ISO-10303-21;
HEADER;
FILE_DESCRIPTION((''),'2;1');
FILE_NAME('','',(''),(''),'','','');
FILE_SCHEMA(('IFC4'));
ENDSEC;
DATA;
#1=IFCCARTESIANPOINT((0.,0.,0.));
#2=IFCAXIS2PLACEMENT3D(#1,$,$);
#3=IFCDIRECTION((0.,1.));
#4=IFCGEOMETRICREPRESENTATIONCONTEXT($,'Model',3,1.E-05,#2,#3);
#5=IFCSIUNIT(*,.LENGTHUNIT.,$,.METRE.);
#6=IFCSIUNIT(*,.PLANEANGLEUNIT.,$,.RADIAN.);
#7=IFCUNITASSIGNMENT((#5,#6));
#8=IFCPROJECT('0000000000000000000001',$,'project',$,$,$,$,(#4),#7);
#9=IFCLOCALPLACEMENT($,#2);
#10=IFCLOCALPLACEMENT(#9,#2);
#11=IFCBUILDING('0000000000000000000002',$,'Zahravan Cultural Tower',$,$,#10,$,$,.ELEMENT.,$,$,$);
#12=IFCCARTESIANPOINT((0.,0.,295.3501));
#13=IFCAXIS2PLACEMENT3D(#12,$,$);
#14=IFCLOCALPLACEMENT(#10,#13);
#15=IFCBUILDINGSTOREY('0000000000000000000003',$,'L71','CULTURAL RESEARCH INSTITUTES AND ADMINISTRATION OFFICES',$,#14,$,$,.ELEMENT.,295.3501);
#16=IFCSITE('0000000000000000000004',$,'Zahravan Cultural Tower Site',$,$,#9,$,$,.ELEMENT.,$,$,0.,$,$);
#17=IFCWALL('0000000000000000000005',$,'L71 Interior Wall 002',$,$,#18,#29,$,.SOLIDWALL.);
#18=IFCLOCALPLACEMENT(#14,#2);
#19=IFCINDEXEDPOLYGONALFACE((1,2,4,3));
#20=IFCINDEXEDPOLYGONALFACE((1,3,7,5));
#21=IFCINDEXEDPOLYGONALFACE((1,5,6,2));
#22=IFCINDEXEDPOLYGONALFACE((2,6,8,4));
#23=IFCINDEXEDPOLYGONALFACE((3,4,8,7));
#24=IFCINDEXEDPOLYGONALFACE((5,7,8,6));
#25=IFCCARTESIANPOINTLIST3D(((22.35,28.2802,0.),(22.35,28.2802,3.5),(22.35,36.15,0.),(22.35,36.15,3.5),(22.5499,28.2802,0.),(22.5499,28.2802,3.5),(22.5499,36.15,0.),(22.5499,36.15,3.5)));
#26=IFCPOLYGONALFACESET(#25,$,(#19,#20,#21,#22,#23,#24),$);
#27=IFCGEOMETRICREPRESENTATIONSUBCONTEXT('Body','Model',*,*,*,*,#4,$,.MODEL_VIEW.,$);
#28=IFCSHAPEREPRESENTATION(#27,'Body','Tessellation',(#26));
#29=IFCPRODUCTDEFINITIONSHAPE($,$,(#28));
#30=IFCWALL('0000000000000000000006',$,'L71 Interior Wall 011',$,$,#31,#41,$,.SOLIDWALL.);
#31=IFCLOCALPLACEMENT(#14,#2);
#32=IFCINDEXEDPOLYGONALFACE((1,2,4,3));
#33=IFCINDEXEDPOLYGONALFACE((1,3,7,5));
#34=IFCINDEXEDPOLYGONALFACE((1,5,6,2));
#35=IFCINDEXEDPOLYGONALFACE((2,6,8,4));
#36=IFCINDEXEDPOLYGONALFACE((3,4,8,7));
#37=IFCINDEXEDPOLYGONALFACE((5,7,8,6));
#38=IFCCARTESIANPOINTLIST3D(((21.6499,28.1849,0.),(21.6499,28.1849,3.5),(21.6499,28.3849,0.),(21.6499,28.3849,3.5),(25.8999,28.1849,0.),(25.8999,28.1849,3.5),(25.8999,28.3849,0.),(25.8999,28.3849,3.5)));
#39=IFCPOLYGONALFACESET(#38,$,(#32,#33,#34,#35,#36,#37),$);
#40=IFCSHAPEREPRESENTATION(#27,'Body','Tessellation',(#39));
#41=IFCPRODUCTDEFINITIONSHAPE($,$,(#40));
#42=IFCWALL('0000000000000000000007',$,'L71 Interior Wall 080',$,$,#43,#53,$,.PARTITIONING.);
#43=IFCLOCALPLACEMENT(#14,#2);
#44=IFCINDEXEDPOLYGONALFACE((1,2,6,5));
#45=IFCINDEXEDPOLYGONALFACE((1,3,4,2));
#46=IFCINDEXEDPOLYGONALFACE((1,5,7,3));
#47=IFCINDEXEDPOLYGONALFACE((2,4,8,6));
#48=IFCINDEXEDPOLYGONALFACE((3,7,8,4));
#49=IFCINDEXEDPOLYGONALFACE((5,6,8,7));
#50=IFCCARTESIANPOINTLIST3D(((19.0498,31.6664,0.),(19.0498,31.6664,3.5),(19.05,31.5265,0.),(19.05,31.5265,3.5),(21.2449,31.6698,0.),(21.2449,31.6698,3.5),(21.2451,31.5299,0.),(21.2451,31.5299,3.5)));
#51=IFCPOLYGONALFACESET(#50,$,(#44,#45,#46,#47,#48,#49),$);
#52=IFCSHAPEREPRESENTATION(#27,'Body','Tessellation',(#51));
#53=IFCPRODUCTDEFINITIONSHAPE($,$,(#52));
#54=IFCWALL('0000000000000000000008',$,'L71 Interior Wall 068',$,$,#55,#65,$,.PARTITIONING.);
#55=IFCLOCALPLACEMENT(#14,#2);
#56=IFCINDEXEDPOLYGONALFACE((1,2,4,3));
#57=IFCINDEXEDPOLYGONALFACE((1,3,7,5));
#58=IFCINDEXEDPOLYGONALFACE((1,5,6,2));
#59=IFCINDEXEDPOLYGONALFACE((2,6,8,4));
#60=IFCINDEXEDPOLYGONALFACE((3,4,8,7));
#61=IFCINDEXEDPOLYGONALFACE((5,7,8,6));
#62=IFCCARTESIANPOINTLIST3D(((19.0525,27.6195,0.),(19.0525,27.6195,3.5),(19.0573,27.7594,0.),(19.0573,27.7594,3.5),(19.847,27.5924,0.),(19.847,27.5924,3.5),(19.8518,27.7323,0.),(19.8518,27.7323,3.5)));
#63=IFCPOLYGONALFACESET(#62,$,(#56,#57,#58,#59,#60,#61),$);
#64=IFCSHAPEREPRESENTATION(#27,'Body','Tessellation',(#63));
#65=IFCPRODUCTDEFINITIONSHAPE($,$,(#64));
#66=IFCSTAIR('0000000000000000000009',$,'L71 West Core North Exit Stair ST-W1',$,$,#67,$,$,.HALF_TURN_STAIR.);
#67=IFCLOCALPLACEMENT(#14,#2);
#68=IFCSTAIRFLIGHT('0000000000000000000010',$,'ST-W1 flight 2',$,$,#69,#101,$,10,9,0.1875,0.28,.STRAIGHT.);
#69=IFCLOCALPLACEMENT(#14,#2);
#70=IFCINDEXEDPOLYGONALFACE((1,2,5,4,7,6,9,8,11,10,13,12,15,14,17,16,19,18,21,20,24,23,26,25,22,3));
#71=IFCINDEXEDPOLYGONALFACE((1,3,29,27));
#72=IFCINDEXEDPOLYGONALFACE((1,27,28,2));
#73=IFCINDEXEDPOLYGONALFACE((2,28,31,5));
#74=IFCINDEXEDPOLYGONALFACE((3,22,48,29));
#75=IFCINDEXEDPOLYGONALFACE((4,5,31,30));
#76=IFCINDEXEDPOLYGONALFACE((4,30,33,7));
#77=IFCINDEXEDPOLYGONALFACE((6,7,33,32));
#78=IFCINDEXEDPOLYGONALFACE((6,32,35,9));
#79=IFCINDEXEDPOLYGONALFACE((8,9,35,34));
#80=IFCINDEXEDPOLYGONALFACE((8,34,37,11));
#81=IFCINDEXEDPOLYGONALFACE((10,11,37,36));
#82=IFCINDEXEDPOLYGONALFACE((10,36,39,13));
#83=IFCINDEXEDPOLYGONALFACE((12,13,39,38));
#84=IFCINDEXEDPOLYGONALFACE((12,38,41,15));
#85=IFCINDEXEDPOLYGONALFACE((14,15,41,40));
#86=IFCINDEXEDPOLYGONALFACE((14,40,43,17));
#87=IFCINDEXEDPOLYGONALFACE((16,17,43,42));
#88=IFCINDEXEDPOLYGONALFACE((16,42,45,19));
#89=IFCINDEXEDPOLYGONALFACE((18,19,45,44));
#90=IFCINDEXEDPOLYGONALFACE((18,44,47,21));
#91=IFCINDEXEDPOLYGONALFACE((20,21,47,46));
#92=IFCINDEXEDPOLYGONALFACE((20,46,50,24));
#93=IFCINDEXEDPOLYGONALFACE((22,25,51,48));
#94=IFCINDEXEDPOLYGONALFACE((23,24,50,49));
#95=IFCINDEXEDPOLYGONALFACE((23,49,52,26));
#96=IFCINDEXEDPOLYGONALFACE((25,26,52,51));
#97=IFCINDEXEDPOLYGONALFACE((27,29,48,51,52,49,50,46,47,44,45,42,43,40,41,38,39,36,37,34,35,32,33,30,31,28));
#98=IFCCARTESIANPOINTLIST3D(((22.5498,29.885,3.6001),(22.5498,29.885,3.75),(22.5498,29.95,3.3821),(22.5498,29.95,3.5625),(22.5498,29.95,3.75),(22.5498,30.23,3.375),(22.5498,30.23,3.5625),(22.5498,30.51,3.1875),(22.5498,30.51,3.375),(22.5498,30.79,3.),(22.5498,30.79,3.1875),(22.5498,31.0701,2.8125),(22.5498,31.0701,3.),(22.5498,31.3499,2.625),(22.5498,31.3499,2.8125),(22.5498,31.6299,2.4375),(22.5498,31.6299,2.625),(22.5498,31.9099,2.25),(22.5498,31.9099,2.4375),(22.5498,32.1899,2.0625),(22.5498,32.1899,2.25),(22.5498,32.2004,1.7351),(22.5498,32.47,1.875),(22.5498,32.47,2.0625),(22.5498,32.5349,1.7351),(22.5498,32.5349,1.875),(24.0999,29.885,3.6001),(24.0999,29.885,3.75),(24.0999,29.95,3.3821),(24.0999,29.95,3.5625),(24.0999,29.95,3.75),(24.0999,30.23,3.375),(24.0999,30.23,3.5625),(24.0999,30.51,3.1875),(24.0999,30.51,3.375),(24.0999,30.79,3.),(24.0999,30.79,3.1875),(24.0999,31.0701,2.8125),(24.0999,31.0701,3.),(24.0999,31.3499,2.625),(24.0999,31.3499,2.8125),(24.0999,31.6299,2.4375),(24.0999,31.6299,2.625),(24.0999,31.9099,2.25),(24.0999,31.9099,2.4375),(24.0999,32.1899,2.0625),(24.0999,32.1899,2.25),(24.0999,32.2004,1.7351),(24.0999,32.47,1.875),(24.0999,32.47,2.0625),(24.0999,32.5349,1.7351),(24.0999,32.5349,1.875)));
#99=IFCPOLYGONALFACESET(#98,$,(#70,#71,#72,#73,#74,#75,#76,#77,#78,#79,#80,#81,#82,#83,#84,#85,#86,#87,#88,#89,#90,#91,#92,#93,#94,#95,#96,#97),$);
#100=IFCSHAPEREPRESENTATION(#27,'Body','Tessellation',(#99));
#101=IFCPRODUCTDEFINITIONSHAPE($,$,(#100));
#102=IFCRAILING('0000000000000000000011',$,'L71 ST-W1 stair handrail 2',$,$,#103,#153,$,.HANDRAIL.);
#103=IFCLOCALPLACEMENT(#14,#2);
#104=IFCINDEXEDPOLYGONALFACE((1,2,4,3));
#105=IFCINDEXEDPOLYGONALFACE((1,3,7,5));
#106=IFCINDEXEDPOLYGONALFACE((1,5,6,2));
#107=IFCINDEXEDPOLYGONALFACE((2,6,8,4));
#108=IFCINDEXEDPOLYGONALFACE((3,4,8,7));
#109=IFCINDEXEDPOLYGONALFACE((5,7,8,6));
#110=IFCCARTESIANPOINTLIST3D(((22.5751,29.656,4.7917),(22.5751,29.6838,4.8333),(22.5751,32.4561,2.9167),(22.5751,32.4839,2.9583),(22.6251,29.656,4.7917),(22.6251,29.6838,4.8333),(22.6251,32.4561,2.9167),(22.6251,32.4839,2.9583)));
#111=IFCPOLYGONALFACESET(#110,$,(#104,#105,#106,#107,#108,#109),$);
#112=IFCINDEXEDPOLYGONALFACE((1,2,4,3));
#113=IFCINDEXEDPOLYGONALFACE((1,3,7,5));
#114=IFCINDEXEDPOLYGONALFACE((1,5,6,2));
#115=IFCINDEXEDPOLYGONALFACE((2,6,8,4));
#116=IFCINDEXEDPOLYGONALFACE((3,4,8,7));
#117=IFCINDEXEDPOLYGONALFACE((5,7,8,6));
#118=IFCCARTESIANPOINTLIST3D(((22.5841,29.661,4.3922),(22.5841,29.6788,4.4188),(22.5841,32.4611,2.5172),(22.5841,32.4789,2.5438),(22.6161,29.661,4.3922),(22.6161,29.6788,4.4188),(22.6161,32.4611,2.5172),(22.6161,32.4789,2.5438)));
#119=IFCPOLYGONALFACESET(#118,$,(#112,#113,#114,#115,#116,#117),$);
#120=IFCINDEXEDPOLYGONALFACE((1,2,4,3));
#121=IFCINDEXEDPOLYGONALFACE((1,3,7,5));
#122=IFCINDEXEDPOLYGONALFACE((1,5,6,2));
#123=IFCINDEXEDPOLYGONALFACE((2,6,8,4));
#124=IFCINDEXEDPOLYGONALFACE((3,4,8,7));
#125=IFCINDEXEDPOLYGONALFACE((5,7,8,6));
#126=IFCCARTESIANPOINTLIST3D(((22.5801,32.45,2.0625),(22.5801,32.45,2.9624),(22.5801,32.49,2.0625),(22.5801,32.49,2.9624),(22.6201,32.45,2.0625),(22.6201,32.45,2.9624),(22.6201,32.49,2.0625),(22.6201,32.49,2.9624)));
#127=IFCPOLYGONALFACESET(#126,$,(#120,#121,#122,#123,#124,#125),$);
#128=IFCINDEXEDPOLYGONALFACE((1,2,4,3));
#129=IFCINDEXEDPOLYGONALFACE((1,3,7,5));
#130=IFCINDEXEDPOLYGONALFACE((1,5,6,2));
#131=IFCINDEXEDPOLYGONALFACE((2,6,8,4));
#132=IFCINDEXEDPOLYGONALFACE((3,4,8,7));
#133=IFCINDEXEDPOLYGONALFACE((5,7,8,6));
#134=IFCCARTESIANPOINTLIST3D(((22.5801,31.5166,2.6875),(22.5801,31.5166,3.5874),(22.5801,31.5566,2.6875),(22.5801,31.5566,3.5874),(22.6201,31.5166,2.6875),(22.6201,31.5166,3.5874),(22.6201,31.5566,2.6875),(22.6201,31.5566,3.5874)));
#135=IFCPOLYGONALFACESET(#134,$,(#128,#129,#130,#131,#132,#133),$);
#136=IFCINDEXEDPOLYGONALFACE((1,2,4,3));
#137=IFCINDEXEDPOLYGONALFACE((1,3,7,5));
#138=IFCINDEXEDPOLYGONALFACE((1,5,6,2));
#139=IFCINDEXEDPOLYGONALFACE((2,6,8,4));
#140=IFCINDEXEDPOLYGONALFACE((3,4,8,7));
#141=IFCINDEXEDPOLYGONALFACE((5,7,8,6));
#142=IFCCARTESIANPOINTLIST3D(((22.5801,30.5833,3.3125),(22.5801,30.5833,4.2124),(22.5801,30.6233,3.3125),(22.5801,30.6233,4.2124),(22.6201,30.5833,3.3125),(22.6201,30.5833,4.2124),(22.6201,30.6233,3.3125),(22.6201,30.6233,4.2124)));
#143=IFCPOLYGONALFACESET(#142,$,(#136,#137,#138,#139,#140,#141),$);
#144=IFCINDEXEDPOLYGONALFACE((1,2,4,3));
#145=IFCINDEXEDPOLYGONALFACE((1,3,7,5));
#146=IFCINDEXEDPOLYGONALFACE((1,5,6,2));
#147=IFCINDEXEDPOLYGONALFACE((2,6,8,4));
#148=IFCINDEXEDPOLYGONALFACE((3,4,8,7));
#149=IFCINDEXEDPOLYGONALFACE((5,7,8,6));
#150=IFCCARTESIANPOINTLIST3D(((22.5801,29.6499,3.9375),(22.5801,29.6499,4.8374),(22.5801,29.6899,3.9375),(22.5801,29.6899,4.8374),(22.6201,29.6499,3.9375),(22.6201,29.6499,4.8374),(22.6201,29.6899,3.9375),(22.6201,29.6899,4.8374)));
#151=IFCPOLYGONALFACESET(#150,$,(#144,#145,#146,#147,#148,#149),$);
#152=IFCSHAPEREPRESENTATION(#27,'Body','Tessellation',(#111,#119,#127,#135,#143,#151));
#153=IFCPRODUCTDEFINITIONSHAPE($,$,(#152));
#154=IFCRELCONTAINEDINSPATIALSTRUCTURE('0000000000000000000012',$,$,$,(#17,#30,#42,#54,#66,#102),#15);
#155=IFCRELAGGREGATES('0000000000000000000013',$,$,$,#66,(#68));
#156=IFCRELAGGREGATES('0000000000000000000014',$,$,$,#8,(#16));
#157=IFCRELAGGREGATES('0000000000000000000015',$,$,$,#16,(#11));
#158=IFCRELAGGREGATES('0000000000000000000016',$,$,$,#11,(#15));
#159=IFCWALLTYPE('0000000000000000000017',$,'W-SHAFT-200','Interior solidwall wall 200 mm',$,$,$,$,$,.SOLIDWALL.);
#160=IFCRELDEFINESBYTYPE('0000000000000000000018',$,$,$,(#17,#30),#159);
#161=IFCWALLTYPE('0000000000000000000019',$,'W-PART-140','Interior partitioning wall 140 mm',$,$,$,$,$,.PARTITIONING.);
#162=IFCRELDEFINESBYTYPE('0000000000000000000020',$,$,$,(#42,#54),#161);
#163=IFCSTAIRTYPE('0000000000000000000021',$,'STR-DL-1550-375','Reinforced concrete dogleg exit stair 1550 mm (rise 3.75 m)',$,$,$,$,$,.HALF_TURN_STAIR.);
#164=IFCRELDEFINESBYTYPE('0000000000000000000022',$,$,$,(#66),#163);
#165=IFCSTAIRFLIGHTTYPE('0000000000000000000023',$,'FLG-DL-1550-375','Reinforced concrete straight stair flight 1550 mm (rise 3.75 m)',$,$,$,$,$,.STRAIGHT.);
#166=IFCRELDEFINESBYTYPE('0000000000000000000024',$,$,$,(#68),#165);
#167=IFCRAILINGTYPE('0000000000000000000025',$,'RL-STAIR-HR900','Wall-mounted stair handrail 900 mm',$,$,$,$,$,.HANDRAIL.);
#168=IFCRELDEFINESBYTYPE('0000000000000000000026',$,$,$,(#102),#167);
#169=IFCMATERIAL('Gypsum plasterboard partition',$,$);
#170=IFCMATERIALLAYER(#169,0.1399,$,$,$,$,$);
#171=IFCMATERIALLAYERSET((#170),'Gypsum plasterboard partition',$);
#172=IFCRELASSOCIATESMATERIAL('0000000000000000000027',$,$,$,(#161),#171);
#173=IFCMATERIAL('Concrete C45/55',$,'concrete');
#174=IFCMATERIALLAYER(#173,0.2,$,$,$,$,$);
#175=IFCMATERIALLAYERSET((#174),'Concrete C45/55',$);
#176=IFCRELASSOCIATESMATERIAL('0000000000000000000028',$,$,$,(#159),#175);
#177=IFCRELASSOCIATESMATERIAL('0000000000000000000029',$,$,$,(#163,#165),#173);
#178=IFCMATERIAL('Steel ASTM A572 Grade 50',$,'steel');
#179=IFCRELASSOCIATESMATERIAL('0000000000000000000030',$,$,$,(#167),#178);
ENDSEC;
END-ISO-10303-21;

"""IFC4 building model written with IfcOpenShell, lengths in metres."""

from ifc_helpers import new_model, si_unit, direction, frame, frame_2d, origin, origin_2d, place, context, subcontext, project, spatial, polyline, rectangle, outline, extrude, source, transform, mapped, material, layer, layer_set, type_object, element, aggregate, save


model = new_model("IFC4")

# Units and contexts
model_context = context("Model", 3, precision=1e-05, world=origin(), true_north=direction((0.0, 1.0)))
body_context = subcontext(model_context, "Body", "Model", "MODEL_VIEW")
ifc_project = project(units=[si_unit("LENGTHUNIT", "METRE"), si_unit("PLANEANGLEUNIT", "RADIAN")], contexts=[model_context])

# Site, building, storey
site_placement = place(None, origin())
site = spatial("IfcSite", under=ifc_project, at=site_placement, Name="Zahravan Cultural Tower Site", CompositionType="ELEMENT", RefElevation=0.0)
building_placement = place(site_placement, origin())
building = spatial("IfcBuilding", under=site, at=building_placement, Name="Zahravan Cultural Tower", CompositionType="ELEMENT")
storey_placement = place(building_placement, frame((0.0, 0.0, 295.3501)))
storey = spatial("IfcBuildingStorey", under=building, at=storey_placement, Name="L71", Description="CULTURAL RESEARCH INSTITUTES AND ADMINISTRATION OFFICES", CompositionType="ELEMENT", Elevation=295.3501)

# Shared definitions
ifc_material_1 = material(Name="Gypsum plasterboard partition")
ifc_layer_1 = layer(ifc_material_1, 0.1399)
ifc_layer_set_1 = layer_set([ifc_layer_1], Name="Gypsum plasterboard partition")
wall_type_1 = type_object("IfcWallType", Name="W-PART-140", Description="Interior partitioning wall 140 mm", PredefinedType="PARTITIONING", material=ifc_layer_set_1)

# Walls
ifc_material_2 = material(Name="Concrete C45/55", Category="concrete")
ifc_layer_2 = layer(ifc_material_2, 0.2)
ifc_layer_set_2 = layer_set([ifc_layer_2], Name="Concrete C45/55")
wall_type_2 = type_object("IfcWallType", Name="W-SHAFT-200", Description="Interior solidwall wall 200 mm", PredefinedType="SOLIDWALL", material=ifc_layer_set_2)
shared_shape_1 = source(origin(), body_context, "Body", "SweptSolid", [
    extrude(rectangle(XDim=7.8699, YDim=0.2, at=frame_2d((3.9351, 0.0))), origin(), (0.0, 0.0, 1.0), 3.5),
])
wall_1_placement = place(storey_placement, frame((22.45, 28.28, 0.0), z_axis=(0.0, 0.0, 1.0), x_axis=(0.0, 1.0, 0.0)))
element("IfcWall", 1, at=wall_1_placement, inside=storey, type_object=wall_type_2, Name="L71 Interior Wall 002", PredefinedType="SOLIDWALL", context=body_context, shape_type="MappedRepresentation", body=[
    mapped(shared_shape_1, transform((0.0, 0.0, 0.0), x_axis=(1.0, 0.0, 0.0), y_axis=(0.0, 1.0, 0.0), z_axis=(0.0, 0.0, 1.0), scale=1.0)),
])
shared_shape_2 = source(origin(), body_context, "Body", "SweptSolid", [
    extrude(rectangle(XDim=4.25, YDim=0.2, at=frame_2d((2.125, 0.0))), origin(), (0.0, 0.0, 1.0), 3.5),
])
wall_2_placement = place(storey_placement, frame((21.6499, 28.2849, 0.0), z_axis=(0.0, 0.0, 1.0), x_axis=(1.0, 0.0, 0.0)))
element("IfcWall", 2, at=wall_2_placement, inside=storey, type_object=wall_type_2, Name="L71 Interior Wall 011", PredefinedType="SOLIDWALL", context=body_context, shape_type="MappedRepresentation", body=[
    mapped(shared_shape_2, transform((0.0, 0.0, 0.0), x_axis=(1.0, 0.0, 0.0), y_axis=(0.0, 1.0, 0.0), z_axis=(0.0, 0.0, 1.0), scale=1.0)),
])
shared_shape_3 = source(origin(), body_context, "Body", "SweptSolid", [
    extrude(rectangle(XDim=2.1951, YDim=0.1399, at=frame_2d((1.0977, 0.0))), origin(), (0.0, 0.0, 1.0), 3.5),
])
wall_3_placement = place(storey_placement, frame((21.2451, 31.5999, 0.0), z_axis=(0.0, 0.0, 1.0), x_axis=(-0.999999, -0.001557, 0.0)))
element("IfcWall", 3, at=wall_3_placement, inside=storey, type_object=wall_type_1, Name="L71 Interior Wall 080", PredefinedType="PARTITIONING", context=body_context, shape_type="MappedRepresentation", body=[
    mapped(shared_shape_3, transform((0.0, 0.0, 0.0), x_axis=(1.0, 0.0, 0.0), y_axis=(0.0, 1.0, 0.0), z_axis=(0.0, 0.0, 1.0), scale=1.0)),
])
shared_shape_4 = source(origin(), body_context, "Body", "SweptSolid", [
    extrude(rectangle(XDim=0.7949, YDim=0.1399, at=frame_2d((0.3975, 0.0))), origin(), (0.0, 0.0, 1.0), 3.5),
])
wall_4_placement = place(storey_placement, frame((19.0549, 27.6895, 0.0), z_axis=(0.0, 0.0, 1.0), x_axis=(0.999419, -0.034092, 0.0)))
element("IfcWall", 4, at=wall_4_placement, inside=storey, type_object=wall_type_1, Name="L71 Interior Wall 068", PredefinedType="PARTITIONING", context=body_context, shape_type="MappedRepresentation", body=[
    mapped(shared_shape_4, transform((0.0, 0.0, 0.0), x_axis=(1.0, 0.0, 0.0), y_axis=(0.0, 1.0, 0.0), z_axis=(0.0, 0.0, 1.0), scale=1.0)),
])

# Stair, stair flight
stair_type = type_object("IfcStairType", Name="STR-DL-1550-375", Description="Reinforced concrete dogleg exit stair 1550 mm (rise 3.75 m)", PredefinedType="HALF_TURN_STAIR", material=ifc_material_2)
stair_placement = place(storey_placement, origin())
stair = element("IfcStair", 5, at=stair_placement, inside=storey, type_object=stair_type, Name="L71 West Core North Exit Stair ST-W1", PredefinedType="HALF_TURN_STAIR")
stair_flight_type = type_object("IfcStairFlightType", Name="FLG-DL-1550-375", Description="Reinforced concrete straight stair flight 1550 mm (rise 3.75 m)", PredefinedType="STRAIGHT", material=ifc_material_2)
stair_flight_placement = place(storey_placement, frame((23.325, 32.47, 1.875), z_axis=(0.0, 0.0, 1.0), x_axis=(0.0, -1.0, 0.0)))
stair_flight = element("IfcStairFlight", 6, at=stair_flight_placement, type_object=stair_flight_type, Name="ST-W1 flight 2", NumberOfRisers=10, NumberOfTreads=9, PredefinedType="STRAIGHT", RiserHeight=0.1875, TreadLength=0.28, context=body_context, shape_type="SweptSolid", body=[
    extrude(outline(polyline([(-0.0649, -0.1399), (-0.0649, 0.0), (0.0, 0.0), (0.0, 0.1875), (0.28, 0.1875), (0.28, 0.375), (0.5601, 0.375), (0.5601, 0.5625), (0.8401, 0.5625), (0.8401, 0.75), (1.1201, 0.75), (1.1201, 0.9375), (1.3999, 0.9375), (1.3999, 1.125), (1.6799, 1.125), (1.6799, 1.3125), (1.96, 1.3125), (1.96, 1.5), (2.24, 1.5), (2.24, 1.6875), (2.52, 1.6875), (2.52, 1.875), (2.585, 1.875), (2.585, 1.7251), (2.52, 1.5071), (0.2695, -0.1399), (-0.0649, -0.1399)])), frame((0.0, 0.7749, 0.0), z_axis=(0.0, -1.0, 0.0), x_axis=(1.0, 0.0, 0.0)), (0.0, 0.0, 1.0), 1.55),
])
aggregate(stair, [stair_flight])

# Railing
ifc_material_3 = material(Name="Steel ASTM A572 Grade 50", Category="steel")
railing_type = type_object("IfcRailingType", Name="RL-STAIR-HR900", Description="Wall-mounted stair handrail 900 mm", PredefinedType="HANDRAIL", material=ifc_material_3)
railing_placement = place(storey_placement, frame((22.6001, 32.47, 2.0625)))
element("IfcRailing", 7, at=railing_placement, inside=storey, type_object=railing_type, Name="L71 ST-W1 stair handrail 2", PredefinedType="HANDRAIL", context=body_context, shape_type="SweptSolid", body=[
    extrude(rectangle(XDim=0.05, YDim=0.05, at=origin_2d()), frame((0.0, 0.0, 0.875), z_axis=(0.0, -0.830912, 0.556404), x_axis=(1.0, 0.0, 0.0)), (0.0, 0.0, 1.0), 3.3699),
    extrude(rectangle(XDim=0.032, YDim=0.032, at=origin_2d()), frame((0.0, 0.0, 0.468), z_axis=(0.0, -0.830912, 0.556404), x_axis=(1.0, 0.0, 0.0)), (0.0, 0.0, 1.0), 3.3699),
    extrude(rectangle(XDim=0.04, YDim=0.04, at=origin_2d()), origin(), (0.0, 0.0, 1.0), 0.8999),
    extrude(rectangle(XDim=0.04, YDim=0.04, at=origin_2d()), frame((0.0, -0.9333, 0.625)), (0.0, 0.0, 1.0), 0.8999),
    extrude(rectangle(XDim=0.04, YDim=0.04, at=origin_2d()), frame((0.0, -1.8667, 1.25)), (0.0, 0.0, 1.0), 0.8999),
    extrude(rectangle(XDim=0.04, YDim=0.04, at=origin_2d()), frame((0.0, -2.8, 1.875)), (0.0, 0.0, 1.0), 0.8999),
])

save(model, "model.ifc")
